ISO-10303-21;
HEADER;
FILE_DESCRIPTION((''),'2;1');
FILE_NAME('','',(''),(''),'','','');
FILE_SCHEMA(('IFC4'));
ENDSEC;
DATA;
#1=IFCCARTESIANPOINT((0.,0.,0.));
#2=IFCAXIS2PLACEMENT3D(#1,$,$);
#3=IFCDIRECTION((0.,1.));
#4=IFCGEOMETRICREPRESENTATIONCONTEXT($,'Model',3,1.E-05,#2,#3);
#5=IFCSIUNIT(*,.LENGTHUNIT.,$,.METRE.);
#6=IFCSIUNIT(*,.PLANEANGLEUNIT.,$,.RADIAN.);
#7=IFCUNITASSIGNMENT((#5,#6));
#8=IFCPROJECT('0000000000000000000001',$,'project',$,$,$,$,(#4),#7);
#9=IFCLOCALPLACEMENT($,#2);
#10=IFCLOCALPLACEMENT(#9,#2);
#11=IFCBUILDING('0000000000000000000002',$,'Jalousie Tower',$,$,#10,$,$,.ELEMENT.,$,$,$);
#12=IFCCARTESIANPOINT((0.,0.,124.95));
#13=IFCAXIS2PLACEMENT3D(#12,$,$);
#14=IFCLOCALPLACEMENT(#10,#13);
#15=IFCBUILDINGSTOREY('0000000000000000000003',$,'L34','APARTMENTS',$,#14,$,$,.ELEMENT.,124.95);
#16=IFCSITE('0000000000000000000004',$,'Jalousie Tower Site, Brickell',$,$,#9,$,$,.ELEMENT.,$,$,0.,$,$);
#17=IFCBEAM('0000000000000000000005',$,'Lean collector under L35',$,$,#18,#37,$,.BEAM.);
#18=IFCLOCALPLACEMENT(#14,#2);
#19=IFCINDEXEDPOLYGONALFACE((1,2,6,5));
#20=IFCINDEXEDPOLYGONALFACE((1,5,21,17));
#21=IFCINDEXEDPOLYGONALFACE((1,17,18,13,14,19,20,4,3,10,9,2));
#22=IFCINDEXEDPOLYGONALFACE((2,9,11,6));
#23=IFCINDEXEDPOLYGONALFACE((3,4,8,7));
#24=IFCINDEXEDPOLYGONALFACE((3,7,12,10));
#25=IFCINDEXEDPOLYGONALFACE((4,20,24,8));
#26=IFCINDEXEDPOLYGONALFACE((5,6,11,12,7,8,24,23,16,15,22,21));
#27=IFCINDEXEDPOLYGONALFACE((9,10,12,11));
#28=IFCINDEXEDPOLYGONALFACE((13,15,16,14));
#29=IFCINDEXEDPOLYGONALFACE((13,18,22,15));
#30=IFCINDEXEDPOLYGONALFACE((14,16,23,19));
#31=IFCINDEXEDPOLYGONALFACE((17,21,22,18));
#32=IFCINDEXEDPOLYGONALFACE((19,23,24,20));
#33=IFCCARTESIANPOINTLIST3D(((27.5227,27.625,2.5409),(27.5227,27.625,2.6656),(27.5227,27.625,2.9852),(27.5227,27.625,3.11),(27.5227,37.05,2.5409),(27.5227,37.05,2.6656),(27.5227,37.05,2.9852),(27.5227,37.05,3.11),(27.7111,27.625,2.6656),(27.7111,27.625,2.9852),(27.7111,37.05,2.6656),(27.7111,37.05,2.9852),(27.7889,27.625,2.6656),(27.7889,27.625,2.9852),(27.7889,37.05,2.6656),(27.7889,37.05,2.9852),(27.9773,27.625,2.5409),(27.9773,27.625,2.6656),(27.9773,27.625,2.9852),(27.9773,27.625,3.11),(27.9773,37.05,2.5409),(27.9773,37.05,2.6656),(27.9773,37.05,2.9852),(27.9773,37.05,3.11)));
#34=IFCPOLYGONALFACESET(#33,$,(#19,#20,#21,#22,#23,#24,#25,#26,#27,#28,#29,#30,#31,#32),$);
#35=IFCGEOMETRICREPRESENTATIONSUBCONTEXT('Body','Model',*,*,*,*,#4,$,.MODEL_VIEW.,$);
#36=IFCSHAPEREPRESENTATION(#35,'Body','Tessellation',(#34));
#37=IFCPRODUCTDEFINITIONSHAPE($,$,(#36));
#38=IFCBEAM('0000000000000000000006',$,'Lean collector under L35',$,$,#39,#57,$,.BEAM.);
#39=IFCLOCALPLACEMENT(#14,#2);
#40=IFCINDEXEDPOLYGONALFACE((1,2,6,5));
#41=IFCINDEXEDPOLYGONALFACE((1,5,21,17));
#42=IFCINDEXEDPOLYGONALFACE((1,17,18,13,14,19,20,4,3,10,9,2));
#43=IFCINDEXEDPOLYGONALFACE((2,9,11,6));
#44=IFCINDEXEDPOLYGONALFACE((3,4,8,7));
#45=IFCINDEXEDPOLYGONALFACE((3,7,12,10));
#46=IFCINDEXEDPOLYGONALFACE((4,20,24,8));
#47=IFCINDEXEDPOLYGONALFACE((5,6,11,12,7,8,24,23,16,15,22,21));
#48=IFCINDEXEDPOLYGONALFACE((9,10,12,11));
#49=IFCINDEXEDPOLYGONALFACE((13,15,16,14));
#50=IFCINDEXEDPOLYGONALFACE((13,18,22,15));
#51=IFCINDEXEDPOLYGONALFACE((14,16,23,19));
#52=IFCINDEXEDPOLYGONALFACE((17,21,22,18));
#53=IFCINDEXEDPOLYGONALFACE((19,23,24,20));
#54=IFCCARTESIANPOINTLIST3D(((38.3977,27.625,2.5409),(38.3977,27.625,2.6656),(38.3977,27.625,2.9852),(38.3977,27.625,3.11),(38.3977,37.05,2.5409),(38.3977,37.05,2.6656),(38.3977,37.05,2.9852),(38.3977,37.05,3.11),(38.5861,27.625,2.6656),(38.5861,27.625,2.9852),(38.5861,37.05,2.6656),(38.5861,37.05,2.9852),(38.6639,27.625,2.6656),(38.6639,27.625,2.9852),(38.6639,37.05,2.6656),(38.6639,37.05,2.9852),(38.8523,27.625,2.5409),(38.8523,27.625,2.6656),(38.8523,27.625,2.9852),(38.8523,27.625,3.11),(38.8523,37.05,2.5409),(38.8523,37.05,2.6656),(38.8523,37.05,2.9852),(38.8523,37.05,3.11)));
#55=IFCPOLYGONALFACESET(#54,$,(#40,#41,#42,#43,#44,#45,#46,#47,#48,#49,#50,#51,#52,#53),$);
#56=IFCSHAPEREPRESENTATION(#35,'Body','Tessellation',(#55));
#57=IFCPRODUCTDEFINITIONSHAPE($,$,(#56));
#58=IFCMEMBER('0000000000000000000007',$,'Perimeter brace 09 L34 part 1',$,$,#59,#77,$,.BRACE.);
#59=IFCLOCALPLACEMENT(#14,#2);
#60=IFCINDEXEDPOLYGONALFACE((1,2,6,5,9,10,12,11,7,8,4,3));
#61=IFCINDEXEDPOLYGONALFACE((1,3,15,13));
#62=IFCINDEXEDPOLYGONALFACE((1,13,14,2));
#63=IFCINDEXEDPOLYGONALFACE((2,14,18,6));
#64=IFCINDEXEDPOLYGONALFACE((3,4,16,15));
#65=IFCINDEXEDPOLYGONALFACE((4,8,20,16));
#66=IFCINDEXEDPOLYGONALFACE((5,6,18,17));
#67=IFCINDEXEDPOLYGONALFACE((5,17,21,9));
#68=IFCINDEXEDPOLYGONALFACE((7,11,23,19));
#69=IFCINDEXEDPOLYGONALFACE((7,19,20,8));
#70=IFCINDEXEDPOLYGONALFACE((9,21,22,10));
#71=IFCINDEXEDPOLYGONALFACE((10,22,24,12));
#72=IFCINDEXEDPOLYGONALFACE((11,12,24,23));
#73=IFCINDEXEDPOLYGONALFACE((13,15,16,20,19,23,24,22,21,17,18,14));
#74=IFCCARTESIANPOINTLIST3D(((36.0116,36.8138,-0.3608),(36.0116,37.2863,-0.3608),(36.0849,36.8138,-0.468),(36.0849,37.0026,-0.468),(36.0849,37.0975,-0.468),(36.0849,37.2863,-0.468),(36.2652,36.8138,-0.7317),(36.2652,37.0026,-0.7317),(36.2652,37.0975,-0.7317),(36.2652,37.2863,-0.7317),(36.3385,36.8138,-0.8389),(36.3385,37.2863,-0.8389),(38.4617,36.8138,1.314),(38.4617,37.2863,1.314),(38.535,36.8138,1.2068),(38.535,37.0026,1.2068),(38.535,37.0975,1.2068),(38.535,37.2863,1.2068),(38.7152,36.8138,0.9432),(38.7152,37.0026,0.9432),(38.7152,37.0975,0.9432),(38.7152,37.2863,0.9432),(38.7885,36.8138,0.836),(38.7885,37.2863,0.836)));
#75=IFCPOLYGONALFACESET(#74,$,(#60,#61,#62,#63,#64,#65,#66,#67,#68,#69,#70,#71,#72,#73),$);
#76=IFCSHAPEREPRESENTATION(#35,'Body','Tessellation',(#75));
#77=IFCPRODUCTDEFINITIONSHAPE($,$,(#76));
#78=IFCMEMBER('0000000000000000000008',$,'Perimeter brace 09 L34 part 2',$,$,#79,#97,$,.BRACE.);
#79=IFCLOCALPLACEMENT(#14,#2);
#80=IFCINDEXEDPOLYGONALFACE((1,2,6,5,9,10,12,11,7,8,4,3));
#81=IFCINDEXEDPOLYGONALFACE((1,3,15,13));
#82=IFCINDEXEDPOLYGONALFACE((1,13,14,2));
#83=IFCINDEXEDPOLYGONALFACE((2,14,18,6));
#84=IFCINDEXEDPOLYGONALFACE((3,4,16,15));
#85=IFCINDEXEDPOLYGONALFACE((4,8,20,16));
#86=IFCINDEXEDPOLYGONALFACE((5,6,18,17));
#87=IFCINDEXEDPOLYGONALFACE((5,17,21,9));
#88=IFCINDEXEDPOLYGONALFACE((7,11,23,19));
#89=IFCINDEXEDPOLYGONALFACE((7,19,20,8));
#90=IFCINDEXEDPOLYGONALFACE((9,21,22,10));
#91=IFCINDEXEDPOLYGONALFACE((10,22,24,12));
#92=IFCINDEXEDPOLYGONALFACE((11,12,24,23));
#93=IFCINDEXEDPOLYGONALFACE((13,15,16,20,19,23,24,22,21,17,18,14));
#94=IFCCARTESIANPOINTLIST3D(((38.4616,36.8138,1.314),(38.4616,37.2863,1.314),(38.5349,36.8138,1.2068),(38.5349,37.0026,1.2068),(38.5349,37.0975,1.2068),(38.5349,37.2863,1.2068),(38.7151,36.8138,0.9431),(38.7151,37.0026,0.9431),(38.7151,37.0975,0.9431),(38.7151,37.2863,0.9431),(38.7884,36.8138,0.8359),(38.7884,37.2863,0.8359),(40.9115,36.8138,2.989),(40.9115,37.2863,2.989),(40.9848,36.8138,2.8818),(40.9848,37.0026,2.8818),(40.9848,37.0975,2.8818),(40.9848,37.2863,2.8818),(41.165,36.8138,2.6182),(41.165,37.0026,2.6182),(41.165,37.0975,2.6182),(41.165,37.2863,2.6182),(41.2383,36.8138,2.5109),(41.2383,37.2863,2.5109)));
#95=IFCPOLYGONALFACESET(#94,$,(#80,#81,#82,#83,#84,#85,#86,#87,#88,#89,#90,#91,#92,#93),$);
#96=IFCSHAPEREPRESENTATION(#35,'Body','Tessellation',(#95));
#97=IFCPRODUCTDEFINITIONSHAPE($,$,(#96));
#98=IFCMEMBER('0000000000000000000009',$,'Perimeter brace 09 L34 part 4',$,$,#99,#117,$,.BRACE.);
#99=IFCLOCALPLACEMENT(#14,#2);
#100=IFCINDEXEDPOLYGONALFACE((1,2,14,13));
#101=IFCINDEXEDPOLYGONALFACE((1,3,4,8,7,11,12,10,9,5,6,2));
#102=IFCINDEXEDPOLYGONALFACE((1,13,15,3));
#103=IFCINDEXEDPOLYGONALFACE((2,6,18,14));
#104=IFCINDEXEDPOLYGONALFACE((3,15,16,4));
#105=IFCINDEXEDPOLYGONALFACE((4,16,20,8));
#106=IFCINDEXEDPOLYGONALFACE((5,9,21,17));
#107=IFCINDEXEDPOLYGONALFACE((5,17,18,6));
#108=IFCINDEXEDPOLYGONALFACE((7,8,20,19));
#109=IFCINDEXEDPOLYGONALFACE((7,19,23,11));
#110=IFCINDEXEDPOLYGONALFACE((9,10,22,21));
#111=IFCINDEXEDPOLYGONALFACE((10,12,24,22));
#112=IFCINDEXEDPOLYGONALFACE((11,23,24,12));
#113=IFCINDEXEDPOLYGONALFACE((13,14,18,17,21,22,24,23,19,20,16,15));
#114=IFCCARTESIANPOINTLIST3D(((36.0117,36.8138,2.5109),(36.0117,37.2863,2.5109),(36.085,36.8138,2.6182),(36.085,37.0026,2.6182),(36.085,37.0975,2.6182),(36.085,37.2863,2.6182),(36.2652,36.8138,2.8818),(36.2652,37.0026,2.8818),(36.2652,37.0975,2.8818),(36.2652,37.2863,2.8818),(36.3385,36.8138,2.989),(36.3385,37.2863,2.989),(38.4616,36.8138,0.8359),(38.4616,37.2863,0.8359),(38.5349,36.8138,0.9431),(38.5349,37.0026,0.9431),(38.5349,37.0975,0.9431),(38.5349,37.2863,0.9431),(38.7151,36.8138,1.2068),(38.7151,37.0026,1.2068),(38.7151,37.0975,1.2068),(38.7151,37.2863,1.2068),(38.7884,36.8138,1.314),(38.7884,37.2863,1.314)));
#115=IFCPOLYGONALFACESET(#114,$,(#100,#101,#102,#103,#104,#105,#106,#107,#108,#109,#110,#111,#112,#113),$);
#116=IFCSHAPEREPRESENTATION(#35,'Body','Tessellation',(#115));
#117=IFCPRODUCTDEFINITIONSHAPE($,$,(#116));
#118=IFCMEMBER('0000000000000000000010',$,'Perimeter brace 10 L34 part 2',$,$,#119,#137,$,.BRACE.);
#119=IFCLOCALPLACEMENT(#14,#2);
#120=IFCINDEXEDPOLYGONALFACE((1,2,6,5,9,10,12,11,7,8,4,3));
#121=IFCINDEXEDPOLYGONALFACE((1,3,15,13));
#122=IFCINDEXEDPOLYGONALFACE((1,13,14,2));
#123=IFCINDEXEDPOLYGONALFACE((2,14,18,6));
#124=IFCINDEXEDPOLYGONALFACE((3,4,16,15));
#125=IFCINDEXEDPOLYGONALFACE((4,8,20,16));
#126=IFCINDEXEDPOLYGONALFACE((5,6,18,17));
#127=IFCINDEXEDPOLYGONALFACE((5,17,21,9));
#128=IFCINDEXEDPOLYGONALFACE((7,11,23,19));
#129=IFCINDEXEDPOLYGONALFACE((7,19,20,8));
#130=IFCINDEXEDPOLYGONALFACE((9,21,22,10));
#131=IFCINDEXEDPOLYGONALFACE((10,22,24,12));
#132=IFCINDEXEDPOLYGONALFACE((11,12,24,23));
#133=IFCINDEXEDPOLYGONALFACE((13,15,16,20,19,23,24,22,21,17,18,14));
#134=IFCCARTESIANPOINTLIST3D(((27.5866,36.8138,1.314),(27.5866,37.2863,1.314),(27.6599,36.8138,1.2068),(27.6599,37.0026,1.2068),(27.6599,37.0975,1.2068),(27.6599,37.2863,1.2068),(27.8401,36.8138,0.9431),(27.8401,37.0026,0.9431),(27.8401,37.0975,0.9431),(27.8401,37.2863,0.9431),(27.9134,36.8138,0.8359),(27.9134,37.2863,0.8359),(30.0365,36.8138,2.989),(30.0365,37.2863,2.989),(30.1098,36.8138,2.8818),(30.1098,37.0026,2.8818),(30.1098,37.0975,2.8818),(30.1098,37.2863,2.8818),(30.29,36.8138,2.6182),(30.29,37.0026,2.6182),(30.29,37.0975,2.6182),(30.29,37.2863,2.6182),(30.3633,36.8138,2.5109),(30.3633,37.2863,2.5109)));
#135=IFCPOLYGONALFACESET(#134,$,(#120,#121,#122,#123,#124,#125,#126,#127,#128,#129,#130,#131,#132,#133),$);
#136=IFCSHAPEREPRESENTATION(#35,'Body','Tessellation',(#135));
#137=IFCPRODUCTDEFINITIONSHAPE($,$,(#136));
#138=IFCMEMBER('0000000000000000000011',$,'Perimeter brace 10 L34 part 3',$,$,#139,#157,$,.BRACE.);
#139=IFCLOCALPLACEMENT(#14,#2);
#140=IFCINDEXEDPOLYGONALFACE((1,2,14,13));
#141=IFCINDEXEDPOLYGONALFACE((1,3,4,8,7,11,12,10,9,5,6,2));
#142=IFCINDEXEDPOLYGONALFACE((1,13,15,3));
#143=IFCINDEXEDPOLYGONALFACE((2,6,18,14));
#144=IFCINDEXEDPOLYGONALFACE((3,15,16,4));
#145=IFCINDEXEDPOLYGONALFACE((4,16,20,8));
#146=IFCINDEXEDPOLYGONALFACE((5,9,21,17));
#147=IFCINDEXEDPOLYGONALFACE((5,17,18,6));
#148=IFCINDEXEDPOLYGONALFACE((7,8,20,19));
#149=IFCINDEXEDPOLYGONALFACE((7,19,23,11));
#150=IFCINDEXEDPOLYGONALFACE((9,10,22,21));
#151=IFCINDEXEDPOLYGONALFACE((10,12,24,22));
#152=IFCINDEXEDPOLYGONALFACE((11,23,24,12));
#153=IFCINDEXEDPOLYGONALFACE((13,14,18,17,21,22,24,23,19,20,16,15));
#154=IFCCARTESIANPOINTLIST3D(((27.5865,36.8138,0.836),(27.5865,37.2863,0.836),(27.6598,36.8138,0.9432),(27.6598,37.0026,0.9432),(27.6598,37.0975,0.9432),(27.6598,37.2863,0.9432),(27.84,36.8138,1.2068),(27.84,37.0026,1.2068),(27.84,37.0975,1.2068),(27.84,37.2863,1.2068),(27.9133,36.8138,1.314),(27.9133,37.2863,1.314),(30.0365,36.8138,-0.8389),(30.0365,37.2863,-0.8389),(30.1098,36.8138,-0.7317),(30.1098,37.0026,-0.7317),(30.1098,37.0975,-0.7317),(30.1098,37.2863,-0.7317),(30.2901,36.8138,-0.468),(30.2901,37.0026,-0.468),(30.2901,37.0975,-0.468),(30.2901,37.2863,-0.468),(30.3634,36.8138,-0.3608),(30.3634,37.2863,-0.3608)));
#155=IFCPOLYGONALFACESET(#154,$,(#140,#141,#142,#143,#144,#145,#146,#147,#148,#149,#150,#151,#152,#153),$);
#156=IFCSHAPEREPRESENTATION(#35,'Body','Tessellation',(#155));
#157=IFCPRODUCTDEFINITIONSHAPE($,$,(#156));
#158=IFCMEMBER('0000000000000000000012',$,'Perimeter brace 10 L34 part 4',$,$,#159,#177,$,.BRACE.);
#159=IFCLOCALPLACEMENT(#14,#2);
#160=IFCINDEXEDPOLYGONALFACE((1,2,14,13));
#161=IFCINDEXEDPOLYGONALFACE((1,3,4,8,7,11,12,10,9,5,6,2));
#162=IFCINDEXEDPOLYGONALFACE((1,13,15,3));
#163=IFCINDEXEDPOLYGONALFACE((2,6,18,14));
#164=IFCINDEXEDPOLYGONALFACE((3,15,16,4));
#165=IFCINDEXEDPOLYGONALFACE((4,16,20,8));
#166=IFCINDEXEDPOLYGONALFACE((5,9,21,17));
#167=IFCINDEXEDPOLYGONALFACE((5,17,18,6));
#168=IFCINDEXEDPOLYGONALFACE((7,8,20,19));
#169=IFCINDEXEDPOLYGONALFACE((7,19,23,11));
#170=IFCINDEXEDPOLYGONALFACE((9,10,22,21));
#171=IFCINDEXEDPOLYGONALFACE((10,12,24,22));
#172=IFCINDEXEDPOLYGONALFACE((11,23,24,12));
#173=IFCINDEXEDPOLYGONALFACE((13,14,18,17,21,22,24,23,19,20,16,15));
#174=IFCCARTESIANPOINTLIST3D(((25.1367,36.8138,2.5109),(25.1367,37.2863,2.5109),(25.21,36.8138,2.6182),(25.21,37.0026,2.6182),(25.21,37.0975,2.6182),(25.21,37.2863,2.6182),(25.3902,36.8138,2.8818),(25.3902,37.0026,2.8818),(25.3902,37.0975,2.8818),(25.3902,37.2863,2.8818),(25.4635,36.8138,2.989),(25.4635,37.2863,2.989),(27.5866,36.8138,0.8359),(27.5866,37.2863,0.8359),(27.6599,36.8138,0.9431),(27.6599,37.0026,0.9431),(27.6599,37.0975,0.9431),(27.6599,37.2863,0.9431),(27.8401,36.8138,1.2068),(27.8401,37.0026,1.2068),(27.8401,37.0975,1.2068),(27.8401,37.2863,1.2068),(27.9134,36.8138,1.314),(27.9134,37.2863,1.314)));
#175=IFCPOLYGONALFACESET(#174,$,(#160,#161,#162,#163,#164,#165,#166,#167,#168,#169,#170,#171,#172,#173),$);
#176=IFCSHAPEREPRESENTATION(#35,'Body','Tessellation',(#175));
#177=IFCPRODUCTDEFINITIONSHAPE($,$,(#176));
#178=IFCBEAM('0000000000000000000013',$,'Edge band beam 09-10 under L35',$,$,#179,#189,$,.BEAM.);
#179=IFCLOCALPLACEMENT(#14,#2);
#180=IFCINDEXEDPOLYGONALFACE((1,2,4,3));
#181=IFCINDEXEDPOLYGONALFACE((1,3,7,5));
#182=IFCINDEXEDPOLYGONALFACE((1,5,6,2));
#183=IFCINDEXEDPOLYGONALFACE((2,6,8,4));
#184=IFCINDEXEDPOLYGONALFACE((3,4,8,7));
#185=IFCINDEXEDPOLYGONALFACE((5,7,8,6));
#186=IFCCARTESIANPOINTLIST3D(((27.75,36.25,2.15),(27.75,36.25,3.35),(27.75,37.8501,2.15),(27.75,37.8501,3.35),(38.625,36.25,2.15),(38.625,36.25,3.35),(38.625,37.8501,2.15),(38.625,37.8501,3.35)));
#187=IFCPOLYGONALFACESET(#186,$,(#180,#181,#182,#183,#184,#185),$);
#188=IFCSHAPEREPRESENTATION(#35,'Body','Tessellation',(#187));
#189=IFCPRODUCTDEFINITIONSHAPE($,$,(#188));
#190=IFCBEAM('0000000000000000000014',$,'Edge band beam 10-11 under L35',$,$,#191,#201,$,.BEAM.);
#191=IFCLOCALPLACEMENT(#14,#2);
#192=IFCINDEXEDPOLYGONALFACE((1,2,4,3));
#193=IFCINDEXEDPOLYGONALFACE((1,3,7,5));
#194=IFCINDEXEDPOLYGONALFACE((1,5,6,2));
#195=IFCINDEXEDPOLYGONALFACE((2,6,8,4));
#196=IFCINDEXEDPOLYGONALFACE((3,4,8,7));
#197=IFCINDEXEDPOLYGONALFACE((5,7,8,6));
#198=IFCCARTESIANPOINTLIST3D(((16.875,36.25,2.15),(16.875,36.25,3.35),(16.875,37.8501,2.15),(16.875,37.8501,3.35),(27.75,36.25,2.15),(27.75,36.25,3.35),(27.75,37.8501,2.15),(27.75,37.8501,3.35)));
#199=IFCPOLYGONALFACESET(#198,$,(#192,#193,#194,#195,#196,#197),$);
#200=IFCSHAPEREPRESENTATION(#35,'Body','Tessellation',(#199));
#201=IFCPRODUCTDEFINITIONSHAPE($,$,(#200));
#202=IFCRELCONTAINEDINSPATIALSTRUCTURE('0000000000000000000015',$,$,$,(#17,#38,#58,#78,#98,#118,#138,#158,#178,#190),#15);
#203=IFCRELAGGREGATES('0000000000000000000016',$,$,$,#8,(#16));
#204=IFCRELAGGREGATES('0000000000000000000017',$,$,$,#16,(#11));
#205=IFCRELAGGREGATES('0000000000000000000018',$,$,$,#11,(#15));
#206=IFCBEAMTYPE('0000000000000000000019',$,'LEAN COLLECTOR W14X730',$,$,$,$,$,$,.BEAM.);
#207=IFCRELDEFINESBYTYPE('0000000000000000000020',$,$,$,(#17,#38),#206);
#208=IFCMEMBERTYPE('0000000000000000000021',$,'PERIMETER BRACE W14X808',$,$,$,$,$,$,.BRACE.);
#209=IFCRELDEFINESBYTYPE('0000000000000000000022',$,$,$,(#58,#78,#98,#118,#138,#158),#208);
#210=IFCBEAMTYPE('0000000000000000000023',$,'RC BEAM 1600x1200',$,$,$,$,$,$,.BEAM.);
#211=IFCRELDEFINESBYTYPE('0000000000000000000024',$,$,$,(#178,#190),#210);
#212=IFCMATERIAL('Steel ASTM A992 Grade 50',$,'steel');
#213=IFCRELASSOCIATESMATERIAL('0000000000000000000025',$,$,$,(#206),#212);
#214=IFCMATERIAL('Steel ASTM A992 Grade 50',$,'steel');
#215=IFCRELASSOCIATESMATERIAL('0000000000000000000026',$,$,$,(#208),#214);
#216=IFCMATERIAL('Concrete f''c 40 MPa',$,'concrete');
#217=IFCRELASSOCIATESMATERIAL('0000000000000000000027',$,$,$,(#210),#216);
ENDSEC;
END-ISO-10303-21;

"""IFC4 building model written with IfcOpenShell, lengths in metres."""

from ifc_helpers import new_model, si_unit, direction, frame, origin, origin_2d, place, context, subcontext, project, spatial, rectangle, i_section, extrude, material, material_profile, profile_set, type_object, element, save


model = new_model("IFC4")

# Units and contexts
model_context = context("Model", 3, precision=1e-05, world=origin(), true_north=direction((0.0, 1.0)))
body_context = subcontext(model_context, "Body", "Model", "MODEL_VIEW")
ifc_project = project(units=[si_unit("LENGTHUNIT", "METRE"), si_unit("PLANEANGLEUNIT", "RADIAN")], contexts=[model_context])

# Site, building, storey
site_placement = place(None, origin())
site = spatial("IfcSite", under=ifc_project, at=site_placement, Name="Jalousie Tower Site, Brickell", CompositionType="ELEMENT", RefElevation=0.0)
building_placement = place(site_placement, origin())
building = spatial("IfcBuilding", under=site, at=building_placement, Name="Jalousie Tower", CompositionType="ELEMENT")
storey_placement = place(building_placement, frame((0.0, 0.0, 124.95)))
storey = spatial("IfcBuildingStorey", under=building, at=storey_placement, Name="L34", Description="APARTMENTS", CompositionType="ELEMENT", Elevation=124.95)

# Beams
ifc_material_1 = material(Name="Steel ASTM A992 Grade 50", Category="steel")
ifc_material_profile_1 = material_profile(ifc_material_1, i_section(OverallWidth=0.4546, OverallDepth=0.5691, WebThickness=0.0779, FlangeThickness=0.1248, at=origin_2d()), Name="W14X730")
ifc_profile_set_1 = profile_set([ifc_material_profile_1], Name="Steel ASTM A992 Grade 50")
beam_type_1 = type_object("IfcBeamType", Name="LEAN COLLECTOR W14X730", PredefinedType="BEAM", material=ifc_profile_set_1)
for number, where, z_axis, x_axis, name in (
    (1, (27.75, 37.05, 2.8254), (0.0, -1.0, 0.0), (1.0, 0.0, 0.0), "Lean collector under L35"),
    (2, (38.625, 37.05, 2.8254), (0.0, -1.0, 0.0), (1.0, 0.0, 0.0), "Lean collector under L35"),
):
    element("IfcBeam", number, at=place(storey_placement, frame(where, z_axis=z_axis, x_axis=x_axis)), inside=storey, type_object=beam_type_1, Name=name, PredefinedType="BEAM", context=body_context, shape_type="SweptSolid", body=[
        extrude(i_section(OverallWidth=0.4546, OverallDepth=0.5691, WebThickness=0.0779, FlangeThickness=0.1248, at=origin_2d()), origin(), (0.0, 0.0, 1.0), 9.425),
    ])

# Members
ifc_material_2 = material(Name="Steel ASTM A992 Grade 50", Category="steel")
ifc_material_profile_2 = material_profile(ifc_material_2, i_section(OverallWidth=0.4724, OverallDepth=0.5791, WebThickness=0.095, FlangeThickness=0.1299, at=origin_2d()), Name="W14X808")
ifc_profile_set_2 = profile_set([ifc_material_profile_2], Name="Steel ASTM A992 Grade 50")
member_type_1 = type_object("IfcMemberType", Name="PERIMETER BRACE W14X808", PredefinedType="BRACE", material=ifc_profile_set_2)
for number, where, z_axis, x_axis, name in (
    (3, (36.175, 37.05, -0.5999), (0.825539, 0.0, 0.564345), (0.0, 1.0, 0.0), "Perimeter brace 09 L34 part 1"),
    (4, (38.625, 37.05, 1.075), (0.825501, 0.0, 0.564401), (0.0, 1.0, 0.0), "Perimeter brace 09 L34 part 2"),
    (5, (38.625, 37.05, 1.075), (-0.825501, 0.0, 0.564401), (0.0, -1.0, 0.0), "Perimeter brace 09 L34 part 4"),
    (6, (27.75, 37.05, 1.075), (0.825501, 0.0, 0.564401), (0.0, 1.0, 0.0), "Perimeter brace 10 L34 part 2"),
    (7, (30.2, 37.05, -0.5999), (-0.825539, 0.0, 0.564345), (0.0, -1.0, 0.0), "Perimeter brace 10 L34 part 3"),
    (8, (27.75, 37.05, 1.075), (-0.825501, 0.0, 0.564401), (0.0, -1.0, 0.0), "Perimeter brace 10 L34 part 4"),
):
    element("IfcMember", number, at=place(storey_placement, frame(where, z_axis=z_axis, x_axis=x_axis)), inside=storey, type_object=member_type_1, Name=name, PredefinedType="BRACE", context=body_context, shape_type="SweptSolid", body=[
        extrude(i_section(OverallWidth=0.4724, OverallDepth=0.5791, WebThickness=0.095, FlangeThickness=0.1299, at=origin_2d()), origin(), (0.0, 0.0, 1.0), 2.9678),
    ])

# Beams
ifc_material_3 = material(Name="Concrete f'c 40 MPa", Category="concrete")
ifc_material_profile_3 = material_profile(ifc_material_3, rectangle(XDim=1.6001, YDim=1.2, at=origin_2d()), Name="RC 1600x1200")
ifc_profile_set_3 = profile_set([ifc_material_profile_3], Name="Concrete f'c 40 MPa")
beam_type_2 = type_object("IfcBeamType", Name="RC BEAM 1600x1200", PredefinedType="BEAM", material=ifc_profile_set_3)
for number, where, z_axis, x_axis, name in (
    (9, (38.625, 37.05, 2.75), (-1.0, 0.0, 0.0), (0.0, -1.0, 0.0), "Edge band beam 09-10 under L35"),
    (10, (27.75, 37.05, 2.75), (-1.0, 0.0, 0.0), (0.0, -1.0, 0.0), "Edge band beam 10-11 under L35"),
):
    element("IfcBeam", number, at=place(storey_placement, frame(where, z_axis=z_axis, x_axis=x_axis)), inside=storey, type_object=beam_type_2, Name=name, PredefinedType="BEAM", context=body_context, shape_type="SweptSolid", body=[
        extrude(rectangle(XDim=1.6001, YDim=1.2, at=origin_2d()), origin(), (0.0, 0.0, 1.0), 10.875),
    ])

save(model, "model.ifc")
